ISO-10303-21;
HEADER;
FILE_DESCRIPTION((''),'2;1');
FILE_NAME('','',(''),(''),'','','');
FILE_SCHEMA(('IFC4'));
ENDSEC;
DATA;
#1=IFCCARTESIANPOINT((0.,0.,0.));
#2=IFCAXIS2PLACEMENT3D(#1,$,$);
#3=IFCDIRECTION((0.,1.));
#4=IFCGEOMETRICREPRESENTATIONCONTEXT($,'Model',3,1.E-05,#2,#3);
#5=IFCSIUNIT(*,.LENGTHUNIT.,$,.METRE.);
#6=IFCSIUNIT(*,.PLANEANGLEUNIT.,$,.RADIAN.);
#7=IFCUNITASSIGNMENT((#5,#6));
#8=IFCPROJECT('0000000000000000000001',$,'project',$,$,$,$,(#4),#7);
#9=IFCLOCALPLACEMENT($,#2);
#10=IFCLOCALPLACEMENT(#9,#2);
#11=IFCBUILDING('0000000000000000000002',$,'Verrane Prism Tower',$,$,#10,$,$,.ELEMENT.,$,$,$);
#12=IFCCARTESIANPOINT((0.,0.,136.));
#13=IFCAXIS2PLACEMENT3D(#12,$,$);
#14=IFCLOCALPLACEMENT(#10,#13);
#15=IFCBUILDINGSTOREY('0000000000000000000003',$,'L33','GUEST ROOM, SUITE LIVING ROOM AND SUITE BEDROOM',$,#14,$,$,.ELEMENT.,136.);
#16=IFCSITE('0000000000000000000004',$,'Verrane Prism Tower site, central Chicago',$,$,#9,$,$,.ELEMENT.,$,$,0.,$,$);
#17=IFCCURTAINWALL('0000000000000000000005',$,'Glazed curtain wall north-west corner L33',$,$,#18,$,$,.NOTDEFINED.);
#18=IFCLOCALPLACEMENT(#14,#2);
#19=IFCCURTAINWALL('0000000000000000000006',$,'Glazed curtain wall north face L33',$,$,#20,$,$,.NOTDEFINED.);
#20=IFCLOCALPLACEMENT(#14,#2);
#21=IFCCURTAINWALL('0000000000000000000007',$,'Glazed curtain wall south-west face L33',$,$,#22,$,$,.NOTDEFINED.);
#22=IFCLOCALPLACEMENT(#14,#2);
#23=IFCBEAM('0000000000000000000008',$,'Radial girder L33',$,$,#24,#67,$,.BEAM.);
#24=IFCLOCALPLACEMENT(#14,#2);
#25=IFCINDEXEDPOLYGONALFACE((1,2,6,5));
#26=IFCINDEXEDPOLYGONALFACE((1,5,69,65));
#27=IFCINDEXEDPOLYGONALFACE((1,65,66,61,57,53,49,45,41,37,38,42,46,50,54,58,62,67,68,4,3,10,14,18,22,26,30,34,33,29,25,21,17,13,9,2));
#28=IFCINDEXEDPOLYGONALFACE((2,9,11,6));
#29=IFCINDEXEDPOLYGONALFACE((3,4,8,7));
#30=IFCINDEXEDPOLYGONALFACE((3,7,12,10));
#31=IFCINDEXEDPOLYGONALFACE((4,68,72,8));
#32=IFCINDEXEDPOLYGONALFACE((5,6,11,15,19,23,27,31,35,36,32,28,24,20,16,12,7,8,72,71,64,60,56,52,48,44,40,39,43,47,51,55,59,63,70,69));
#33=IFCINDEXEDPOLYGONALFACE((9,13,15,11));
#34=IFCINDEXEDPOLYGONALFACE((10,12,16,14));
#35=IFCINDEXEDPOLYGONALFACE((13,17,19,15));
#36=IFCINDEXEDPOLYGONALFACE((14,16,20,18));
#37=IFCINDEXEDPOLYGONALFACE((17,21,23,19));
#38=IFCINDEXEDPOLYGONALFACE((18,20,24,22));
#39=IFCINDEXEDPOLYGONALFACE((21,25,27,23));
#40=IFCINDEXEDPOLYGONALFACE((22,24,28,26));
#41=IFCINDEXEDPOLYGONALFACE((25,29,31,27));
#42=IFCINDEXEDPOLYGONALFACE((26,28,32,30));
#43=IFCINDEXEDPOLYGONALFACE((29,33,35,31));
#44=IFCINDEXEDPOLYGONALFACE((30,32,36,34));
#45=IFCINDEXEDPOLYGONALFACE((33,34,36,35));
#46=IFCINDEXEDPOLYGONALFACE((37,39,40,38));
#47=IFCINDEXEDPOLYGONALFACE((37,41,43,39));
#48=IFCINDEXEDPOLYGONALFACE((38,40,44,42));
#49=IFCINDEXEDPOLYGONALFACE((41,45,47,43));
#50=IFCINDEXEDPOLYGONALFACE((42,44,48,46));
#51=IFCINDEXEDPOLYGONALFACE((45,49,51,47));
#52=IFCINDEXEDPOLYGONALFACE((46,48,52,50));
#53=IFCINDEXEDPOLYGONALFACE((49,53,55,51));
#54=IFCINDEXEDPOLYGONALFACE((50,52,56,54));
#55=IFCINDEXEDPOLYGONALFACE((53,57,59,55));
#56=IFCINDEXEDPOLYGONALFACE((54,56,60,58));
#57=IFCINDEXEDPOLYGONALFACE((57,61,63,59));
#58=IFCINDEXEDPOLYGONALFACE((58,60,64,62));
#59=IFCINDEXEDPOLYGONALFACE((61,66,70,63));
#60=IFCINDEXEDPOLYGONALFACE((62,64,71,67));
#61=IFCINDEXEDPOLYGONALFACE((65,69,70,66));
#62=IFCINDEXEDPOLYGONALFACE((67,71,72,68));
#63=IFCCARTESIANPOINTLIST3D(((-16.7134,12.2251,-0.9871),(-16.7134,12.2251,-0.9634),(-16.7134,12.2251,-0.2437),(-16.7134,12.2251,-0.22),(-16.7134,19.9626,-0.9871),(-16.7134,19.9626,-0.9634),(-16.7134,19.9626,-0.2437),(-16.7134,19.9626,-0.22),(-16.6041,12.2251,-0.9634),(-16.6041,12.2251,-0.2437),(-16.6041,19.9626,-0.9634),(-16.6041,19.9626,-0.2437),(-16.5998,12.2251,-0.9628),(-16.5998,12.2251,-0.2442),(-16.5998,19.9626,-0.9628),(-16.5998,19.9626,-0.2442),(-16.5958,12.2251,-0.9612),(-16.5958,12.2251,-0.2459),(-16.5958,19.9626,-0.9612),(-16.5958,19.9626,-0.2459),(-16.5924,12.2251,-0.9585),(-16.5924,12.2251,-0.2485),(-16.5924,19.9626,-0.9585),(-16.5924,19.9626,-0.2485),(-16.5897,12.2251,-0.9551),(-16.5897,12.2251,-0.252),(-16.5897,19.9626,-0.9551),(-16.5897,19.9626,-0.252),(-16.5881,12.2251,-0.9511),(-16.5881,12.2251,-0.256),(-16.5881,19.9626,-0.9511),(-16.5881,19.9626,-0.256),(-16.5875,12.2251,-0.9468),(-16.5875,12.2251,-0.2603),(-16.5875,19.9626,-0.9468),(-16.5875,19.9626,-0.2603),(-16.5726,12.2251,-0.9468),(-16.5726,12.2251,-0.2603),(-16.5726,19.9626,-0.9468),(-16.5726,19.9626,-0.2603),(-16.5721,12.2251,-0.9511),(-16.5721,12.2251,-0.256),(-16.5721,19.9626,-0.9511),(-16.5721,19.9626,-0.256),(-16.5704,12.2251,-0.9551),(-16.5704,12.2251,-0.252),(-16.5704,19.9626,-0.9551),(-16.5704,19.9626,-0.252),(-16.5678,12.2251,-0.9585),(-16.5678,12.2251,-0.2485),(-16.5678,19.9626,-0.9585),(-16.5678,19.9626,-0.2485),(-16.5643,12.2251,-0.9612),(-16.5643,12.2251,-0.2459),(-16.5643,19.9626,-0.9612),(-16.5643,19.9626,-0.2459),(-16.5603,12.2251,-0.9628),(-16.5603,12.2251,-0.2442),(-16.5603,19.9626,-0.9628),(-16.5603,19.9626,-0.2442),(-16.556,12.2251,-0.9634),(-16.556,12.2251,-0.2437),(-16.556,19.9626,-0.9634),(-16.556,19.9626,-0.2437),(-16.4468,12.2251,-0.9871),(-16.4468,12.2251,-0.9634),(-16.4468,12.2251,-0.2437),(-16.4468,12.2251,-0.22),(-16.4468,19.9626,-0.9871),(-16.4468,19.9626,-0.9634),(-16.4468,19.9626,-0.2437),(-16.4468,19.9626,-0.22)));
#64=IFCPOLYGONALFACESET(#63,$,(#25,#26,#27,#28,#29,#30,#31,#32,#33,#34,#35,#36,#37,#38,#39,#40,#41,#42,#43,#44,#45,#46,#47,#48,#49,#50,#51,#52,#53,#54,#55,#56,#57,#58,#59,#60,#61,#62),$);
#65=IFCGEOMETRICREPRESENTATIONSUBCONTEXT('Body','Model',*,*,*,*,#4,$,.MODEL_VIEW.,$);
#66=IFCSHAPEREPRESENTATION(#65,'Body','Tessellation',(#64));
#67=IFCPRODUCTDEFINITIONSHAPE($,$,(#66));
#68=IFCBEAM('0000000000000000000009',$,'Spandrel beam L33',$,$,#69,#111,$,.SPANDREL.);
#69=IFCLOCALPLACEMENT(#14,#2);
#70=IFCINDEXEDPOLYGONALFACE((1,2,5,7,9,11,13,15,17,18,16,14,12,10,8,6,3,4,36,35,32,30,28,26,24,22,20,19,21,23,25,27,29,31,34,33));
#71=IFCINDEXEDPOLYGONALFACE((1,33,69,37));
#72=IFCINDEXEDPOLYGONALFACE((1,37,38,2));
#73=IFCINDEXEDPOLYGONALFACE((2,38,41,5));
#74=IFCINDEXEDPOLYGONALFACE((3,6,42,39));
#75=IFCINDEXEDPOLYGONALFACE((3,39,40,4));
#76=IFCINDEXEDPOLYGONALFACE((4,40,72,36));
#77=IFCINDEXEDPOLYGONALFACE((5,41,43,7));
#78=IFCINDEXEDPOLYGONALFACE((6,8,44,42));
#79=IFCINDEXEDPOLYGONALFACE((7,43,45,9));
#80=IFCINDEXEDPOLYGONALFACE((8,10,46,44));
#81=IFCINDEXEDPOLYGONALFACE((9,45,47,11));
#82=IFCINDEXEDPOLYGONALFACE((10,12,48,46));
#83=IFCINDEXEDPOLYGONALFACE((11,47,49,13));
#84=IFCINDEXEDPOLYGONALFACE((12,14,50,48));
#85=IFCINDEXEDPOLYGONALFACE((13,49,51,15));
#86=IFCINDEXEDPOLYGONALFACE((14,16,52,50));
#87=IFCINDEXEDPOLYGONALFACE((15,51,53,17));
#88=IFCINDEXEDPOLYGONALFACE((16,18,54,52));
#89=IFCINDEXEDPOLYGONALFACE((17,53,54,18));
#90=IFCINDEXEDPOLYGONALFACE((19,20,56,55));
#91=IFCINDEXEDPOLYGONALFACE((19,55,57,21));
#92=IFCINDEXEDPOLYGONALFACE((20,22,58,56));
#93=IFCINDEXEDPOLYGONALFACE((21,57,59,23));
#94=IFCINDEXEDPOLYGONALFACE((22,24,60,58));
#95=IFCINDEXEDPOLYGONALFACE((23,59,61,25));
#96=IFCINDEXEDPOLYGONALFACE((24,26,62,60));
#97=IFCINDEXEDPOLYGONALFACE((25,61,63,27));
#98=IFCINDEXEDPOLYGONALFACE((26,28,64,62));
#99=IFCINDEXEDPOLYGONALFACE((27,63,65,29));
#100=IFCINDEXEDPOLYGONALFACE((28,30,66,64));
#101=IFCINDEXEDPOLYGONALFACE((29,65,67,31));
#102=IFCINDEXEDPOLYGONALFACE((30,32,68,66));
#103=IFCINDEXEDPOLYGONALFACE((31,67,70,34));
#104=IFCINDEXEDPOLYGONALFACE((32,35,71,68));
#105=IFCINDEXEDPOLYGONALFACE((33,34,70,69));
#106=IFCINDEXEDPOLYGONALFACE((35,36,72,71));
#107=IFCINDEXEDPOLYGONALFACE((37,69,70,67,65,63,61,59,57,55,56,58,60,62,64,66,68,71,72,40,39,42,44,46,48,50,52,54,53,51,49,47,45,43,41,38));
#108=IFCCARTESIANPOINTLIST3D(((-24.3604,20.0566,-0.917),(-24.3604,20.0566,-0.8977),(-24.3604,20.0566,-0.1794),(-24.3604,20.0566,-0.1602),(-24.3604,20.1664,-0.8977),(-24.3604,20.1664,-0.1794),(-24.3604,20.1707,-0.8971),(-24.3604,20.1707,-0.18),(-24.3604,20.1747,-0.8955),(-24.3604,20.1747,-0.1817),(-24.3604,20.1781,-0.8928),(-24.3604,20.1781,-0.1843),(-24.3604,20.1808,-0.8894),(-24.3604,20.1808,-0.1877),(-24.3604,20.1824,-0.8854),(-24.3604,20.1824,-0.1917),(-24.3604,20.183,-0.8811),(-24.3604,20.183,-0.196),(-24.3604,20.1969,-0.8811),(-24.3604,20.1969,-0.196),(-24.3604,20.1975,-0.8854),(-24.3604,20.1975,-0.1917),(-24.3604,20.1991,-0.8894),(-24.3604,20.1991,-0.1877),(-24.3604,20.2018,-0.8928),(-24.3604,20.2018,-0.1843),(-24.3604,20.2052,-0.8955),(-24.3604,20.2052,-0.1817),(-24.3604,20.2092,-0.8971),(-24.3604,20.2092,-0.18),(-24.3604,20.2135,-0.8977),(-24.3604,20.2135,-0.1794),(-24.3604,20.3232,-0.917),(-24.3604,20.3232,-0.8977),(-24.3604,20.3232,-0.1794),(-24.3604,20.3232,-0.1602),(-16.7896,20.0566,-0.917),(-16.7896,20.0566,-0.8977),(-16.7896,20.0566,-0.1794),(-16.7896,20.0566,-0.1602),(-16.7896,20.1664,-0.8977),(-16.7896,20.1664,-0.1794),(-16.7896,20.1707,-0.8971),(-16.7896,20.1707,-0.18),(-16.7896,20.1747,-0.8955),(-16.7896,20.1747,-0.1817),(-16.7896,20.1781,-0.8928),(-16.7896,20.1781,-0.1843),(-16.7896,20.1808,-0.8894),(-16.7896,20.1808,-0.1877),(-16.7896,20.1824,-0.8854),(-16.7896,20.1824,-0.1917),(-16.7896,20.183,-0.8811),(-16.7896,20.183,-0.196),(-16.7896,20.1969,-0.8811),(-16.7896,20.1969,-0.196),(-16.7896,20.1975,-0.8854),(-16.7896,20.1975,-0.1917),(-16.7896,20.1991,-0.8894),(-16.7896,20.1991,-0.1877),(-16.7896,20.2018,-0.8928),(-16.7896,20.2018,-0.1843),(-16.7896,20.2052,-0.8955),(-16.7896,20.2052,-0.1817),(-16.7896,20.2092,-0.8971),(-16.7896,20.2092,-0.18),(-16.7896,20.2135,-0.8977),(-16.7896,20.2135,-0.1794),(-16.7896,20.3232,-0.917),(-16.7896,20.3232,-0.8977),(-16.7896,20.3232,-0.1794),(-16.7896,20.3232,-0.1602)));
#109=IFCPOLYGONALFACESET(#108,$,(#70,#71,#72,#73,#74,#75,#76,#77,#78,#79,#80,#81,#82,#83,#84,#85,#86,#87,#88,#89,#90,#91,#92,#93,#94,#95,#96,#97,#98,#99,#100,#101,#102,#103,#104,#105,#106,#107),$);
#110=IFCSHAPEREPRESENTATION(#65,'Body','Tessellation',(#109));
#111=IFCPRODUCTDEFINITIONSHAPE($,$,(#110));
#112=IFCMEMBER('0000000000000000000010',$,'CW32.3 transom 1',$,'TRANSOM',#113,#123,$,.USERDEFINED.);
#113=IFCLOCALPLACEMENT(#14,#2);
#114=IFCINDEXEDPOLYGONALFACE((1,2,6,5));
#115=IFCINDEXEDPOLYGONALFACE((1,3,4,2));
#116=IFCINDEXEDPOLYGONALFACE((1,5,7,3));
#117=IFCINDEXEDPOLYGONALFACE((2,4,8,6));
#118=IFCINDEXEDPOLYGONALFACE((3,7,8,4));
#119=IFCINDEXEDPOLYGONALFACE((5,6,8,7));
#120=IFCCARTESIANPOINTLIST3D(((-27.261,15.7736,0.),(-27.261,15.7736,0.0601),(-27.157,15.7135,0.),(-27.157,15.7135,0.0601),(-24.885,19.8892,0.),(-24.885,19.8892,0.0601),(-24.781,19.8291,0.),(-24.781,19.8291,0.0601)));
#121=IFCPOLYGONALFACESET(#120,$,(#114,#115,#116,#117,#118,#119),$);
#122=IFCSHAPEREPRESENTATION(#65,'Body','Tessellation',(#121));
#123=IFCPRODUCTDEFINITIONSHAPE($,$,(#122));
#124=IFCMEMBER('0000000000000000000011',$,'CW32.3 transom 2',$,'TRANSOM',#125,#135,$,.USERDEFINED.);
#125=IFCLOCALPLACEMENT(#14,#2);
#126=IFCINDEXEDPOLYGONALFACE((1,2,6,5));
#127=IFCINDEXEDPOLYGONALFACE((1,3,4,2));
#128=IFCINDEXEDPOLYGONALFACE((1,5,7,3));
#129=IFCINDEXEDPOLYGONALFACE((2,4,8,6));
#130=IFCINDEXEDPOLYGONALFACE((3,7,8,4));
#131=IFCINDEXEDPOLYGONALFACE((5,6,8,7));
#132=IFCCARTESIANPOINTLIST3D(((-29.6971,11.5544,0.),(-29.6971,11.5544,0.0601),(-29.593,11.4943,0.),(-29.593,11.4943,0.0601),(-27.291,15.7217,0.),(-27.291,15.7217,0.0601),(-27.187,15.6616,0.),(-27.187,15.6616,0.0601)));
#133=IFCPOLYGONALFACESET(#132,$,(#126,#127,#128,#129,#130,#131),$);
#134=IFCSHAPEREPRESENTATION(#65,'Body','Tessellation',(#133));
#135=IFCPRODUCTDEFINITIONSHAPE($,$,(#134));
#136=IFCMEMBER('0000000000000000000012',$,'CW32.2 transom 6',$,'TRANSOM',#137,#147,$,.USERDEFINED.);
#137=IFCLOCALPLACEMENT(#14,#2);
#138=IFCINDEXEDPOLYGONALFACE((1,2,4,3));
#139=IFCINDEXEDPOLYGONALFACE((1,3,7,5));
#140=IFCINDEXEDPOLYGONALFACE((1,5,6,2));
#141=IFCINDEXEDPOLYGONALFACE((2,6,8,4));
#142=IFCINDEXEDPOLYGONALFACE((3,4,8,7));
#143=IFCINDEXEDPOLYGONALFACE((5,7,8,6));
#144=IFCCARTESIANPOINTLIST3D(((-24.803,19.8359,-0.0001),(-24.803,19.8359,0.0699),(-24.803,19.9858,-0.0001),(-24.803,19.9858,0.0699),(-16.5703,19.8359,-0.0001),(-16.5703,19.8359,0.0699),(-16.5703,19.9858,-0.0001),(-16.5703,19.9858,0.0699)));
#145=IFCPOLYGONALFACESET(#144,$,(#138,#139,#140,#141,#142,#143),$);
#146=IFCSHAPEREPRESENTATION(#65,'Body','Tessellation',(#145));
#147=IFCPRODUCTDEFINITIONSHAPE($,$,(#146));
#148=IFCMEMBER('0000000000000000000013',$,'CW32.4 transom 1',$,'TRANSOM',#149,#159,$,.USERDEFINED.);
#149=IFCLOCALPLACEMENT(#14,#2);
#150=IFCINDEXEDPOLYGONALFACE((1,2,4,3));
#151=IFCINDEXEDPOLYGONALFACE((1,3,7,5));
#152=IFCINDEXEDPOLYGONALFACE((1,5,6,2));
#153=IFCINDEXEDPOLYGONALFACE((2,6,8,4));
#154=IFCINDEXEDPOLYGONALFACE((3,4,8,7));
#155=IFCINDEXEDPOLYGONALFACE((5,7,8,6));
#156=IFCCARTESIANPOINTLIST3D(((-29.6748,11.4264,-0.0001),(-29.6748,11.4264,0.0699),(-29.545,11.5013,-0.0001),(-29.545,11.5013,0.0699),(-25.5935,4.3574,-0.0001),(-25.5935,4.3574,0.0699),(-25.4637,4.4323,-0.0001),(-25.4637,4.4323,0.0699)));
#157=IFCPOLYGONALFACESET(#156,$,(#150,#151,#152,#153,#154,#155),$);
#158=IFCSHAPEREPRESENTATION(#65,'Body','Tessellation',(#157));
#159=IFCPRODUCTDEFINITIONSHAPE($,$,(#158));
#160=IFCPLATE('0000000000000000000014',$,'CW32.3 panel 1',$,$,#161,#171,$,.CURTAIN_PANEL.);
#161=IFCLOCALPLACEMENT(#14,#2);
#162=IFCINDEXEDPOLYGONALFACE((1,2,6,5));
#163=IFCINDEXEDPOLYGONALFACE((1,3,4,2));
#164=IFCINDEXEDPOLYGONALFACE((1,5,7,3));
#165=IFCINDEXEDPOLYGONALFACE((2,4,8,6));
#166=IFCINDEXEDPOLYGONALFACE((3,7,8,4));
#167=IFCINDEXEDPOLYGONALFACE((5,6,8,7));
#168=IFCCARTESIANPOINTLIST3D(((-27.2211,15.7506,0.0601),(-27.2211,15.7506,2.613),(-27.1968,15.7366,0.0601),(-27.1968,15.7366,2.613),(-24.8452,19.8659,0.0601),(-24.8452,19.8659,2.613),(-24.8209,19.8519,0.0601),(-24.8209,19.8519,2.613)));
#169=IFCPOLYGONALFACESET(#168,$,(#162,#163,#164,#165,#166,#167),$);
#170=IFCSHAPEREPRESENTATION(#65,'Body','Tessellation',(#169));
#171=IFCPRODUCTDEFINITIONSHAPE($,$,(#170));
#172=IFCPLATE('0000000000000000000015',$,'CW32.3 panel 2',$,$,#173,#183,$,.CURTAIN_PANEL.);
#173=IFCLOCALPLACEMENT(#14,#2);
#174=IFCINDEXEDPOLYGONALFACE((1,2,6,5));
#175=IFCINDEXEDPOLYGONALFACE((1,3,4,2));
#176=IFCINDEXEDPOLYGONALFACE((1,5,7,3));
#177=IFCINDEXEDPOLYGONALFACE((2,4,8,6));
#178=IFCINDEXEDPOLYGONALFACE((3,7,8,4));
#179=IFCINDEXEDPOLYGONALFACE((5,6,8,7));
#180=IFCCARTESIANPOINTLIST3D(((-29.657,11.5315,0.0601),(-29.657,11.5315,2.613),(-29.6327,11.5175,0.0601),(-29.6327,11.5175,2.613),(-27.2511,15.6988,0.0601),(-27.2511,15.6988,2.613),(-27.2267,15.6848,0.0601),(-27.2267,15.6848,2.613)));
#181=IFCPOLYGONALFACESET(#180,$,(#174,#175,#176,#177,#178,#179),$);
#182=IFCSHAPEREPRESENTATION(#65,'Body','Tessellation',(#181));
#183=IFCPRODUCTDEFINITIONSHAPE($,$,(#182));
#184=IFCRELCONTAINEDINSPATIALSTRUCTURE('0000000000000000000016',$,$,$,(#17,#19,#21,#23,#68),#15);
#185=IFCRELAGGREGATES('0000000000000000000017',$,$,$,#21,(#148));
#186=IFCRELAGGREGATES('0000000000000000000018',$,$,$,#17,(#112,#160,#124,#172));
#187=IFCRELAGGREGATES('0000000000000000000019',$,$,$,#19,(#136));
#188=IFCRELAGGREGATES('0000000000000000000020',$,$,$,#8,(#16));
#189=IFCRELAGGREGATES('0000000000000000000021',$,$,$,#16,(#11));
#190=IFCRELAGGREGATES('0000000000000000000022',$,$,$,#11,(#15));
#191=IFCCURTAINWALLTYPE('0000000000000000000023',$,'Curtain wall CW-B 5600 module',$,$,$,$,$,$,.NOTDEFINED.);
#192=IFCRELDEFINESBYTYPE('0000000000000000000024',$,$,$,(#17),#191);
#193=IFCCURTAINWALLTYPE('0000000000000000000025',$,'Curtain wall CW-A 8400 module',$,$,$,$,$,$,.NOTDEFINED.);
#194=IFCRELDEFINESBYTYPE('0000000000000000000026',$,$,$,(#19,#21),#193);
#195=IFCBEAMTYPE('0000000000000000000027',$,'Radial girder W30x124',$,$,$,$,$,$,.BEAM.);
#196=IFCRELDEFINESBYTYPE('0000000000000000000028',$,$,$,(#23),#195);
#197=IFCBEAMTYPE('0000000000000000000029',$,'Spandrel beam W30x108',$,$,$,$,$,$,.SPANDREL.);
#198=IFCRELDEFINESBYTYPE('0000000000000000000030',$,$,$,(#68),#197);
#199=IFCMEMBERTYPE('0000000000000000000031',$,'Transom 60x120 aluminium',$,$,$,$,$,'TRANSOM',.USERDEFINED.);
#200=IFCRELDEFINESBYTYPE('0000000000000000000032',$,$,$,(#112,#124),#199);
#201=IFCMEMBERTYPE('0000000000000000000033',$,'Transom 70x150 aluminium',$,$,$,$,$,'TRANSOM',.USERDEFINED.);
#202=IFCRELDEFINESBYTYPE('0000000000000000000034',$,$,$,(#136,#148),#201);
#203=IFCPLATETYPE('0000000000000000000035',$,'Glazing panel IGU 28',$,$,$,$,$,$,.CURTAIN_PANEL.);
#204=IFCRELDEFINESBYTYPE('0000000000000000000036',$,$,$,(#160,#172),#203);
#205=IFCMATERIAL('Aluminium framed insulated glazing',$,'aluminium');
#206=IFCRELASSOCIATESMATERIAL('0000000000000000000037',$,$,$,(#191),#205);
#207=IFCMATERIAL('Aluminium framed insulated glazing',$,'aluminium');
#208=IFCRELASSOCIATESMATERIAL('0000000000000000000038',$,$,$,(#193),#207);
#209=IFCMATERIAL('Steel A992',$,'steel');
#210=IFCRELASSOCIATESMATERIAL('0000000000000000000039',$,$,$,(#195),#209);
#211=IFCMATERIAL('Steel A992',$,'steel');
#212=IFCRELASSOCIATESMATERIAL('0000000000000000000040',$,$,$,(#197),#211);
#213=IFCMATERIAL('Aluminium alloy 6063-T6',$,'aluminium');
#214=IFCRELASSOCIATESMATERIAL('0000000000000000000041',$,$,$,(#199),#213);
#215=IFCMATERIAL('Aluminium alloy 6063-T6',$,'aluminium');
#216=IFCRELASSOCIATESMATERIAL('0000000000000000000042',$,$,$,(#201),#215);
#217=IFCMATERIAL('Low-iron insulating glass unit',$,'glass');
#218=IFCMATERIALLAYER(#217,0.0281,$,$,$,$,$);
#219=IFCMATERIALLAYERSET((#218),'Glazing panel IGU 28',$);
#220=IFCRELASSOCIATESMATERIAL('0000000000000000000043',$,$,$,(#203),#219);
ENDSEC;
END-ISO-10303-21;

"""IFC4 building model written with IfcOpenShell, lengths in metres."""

from ifc_helpers import new_model, si_unit, direction, frame, origin, origin_2d, place, context, subcontext, project, spatial, rectangle, i_section, extrude, material, layer, layer_set, material_profile, profile_set, type_object, element, aggregate, save


model = new_model("IFC4")

# Units and contexts
model_context = context("Model", 3, precision=1e-05, world=origin(), true_north=direction((0.0, 1.0)))
body_context = subcontext(model_context, "Body", "Model", "MODEL_VIEW")
ifc_project = project(units=[si_unit("LENGTHUNIT", "METRE"), si_unit("PLANEANGLEUNIT", "RADIAN")], contexts=[model_context])

# Site, building, storey
site_placement = place(None, origin())
site = spatial("IfcSite", under=ifc_project, at=site_placement, Name="Verrane Prism Tower site, central Chicago", CompositionType="ELEMENT", RefElevation=0.0)
building_placement = place(site_placement, origin())
building = spatial("IfcBuilding", under=site, at=building_placement, Name="Verrane Prism Tower", CompositionType="ELEMENT")
storey_placement = place(building_placement, frame((0.0, 0.0, 136.0)))
storey = spatial("IfcBuildingStorey", under=building, at=storey_placement, Name="L33", Description="GUEST ROOM, SUITE LIVING ROOM AND SUITE BEDROOM", CompositionType="ELEMENT", Elevation=136.0)

# Curtain wall
ifc_material_1 = material(Name="Aluminium framed insulated glazing", Category="aluminium")
curtain_wall_type_1 = type_object("IfcCurtainWallType", Name="Curtain wall CW-B 5600 module", PredefinedType="NOTDEFINED", material=ifc_material_1)
curtain_wall_1_placement = place(storey_placement, origin())
curtain_wall_1 = element("IfcCurtainWall", 1, at=curtain_wall_1_placement, inside=storey, type_object=curtain_wall_type_1, Name="Glazed curtain wall north-west corner L33", PredefinedType="NOTDEFINED")

# Curtain walls
ifc_material_2 = material(Name="Aluminium framed insulated glazing", Category="aluminium")
curtain_wall_type_2 = type_object("IfcCurtainWallType", Name="Curtain wall CW-A 8400 module", PredefinedType="NOTDEFINED", material=ifc_material_2)
curtain_wall_2_placement = place(storey_placement, origin())
curtain_wall_2 = element("IfcCurtainWall", 2, at=curtain_wall_2_placement, inside=storey, type_object=curtain_wall_type_2, Name="Glazed curtain wall north face L33", PredefinedType="NOTDEFINED")
curtain_wall_3_placement = place(storey_placement, origin())
curtain_wall_3 = element("IfcCurtainWall", 3, at=curtain_wall_3_placement, inside=storey, type_object=curtain_wall_type_2, Name="Glazed curtain wall south-west face L33", PredefinedType="NOTDEFINED")

# Beams
ifc_material_3 = material(Name="Steel A992", Category="steel")
ifc_material_profile_1 = material_profile(ifc_material_3, i_section(OverallWidth=0.2666, OverallDepth=0.7671, WebThickness=0.0149, FlangeThickness=0.0237, FilletRadius=0.0166, at=origin_2d()), Name="W30x124")
ifc_profile_set_1 = profile_set([ifc_material_profile_1], Name="Steel A992")
beam_type_1 = type_object("IfcBeamType", Name="Radial girder W30x124", PredefinedType="BEAM", material=ifc_profile_set_1)
beam_1_placement = place(storey_placement, frame((-16.5801, 19.9626, -0.6035), z_axis=(0.0, -1.0, 0.0), x_axis=(1.0, 0.0, 0.0)))
element("IfcBeam", 4, at=beam_1_placement, inside=storey, type_object=beam_type_1, Name="Radial girder L33", PredefinedType="BEAM", context=body_context, shape_type="SweptSolid", body=[
    extrude(i_section(OverallWidth=0.2666, OverallDepth=0.7671, WebThickness=0.0149, FlangeThickness=0.0237, FilletRadius=0.0166, at=origin_2d()), origin(), (0.0, 0.0, 1.0), 7.7375),
])
ifc_material_4 = material(Name="Steel A992", Category="steel")
ifc_material_profile_2 = material_profile(ifc_material_4, i_section(OverallWidth=0.2666, OverallDepth=0.7568, WebThickness=0.0139, FlangeThickness=0.0193, FilletRadius=0.0166, at=origin_2d()), Name="W30x108")
ifc_profile_set_2 = profile_set([ifc_material_profile_2], Name="Steel A992")
beam_type_2 = type_object("IfcBeamType", Name="Spandrel beam W30x108", PredefinedType="SPANDREL", material=ifc_profile_set_2)
beam_2_placement = place(storey_placement, frame((-16.7896, 20.1899, -0.5386), z_axis=(-1.0, 0.0, 0.0), x_axis=(0.0, -1.0, 0.0)))
element("IfcBeam", 5, at=beam_2_placement, inside=storey, type_object=beam_type_2, Name="Spandrel beam L33", PredefinedType="SPANDREL", context=body_context, shape_type="SweptSolid", body=[
    extrude(i_section(OverallWidth=0.2666, OverallDepth=0.7568, WebThickness=0.0139, FlangeThickness=0.0193, FilletRadius=0.0166, at=origin_2d()), origin(), (0.0, 0.0, 1.0), 7.5708),
])

# Members
ifc_material_5 = material(Name="Aluminium alloy 6063-T6", Category="aluminium")
ifc_material_profile_3 = material_profile(ifc_material_5, rectangle(XDim=0.1201, YDim=0.0601, at=origin_2d()), Name="Transom 60x120 aluminium")
ifc_profile_set_3 = profile_set([ifc_material_profile_3], Name="Aluminium alloy 6063-T6")
member_type_1 = type_object("IfcMemberType", Name="Transom 60x120 aluminium", ElementType="TRANSOM", PredefinedType="USERDEFINED", material=ifc_profile_set_3)
member_1_placement = place(storey_placement, frame((-24.833, 19.8591, 0.03), z_axis=(-0.499985, -0.866034, 0.0), x_axis=(0.866034, -0.499985, 0.0)))
member_1 = element("IfcMember", 6, at=member_1_placement, type_object=member_type_1, Name="CW32.3 transom 1", ObjectType="TRANSOM", PredefinedType="USERDEFINED", context=body_context, shape_type="SweptSolid", body=[
    extrude(rectangle(XDim=0.1201, YDim=0.0601, at=origin_2d()), origin(), (0.0, 0.0, 1.0), 4.7522),
])
member_2_placement = place(storey_placement, frame((-27.239, 15.6917, 0.03), z_axis=(-0.500008, -0.866021, 0.0), x_axis=(0.866021, -0.500008, 0.0)))
member_2 = element("IfcMember", 7, at=member_2_placement, type_object=member_type_1, Name="CW32.3 transom 2", ObjectType="TRANSOM", PredefinedType="USERDEFINED", context=body_context, shape_type="SweptSolid", body=[
    extrude(rectangle(XDim=0.1201, YDim=0.0601, at=origin_2d()), origin(), (0.0, 0.0, 1.0), 4.812),
])
ifc_material_6 = material(Name="Aluminium alloy 6063-T6", Category="aluminium")
ifc_material_profile_4 = material_profile(ifc_material_6, rectangle(XDim=0.1499, YDim=0.0701, at=origin_2d()), Name="Transom 70x150 aluminium")
ifc_profile_set_4 = profile_set([ifc_material_profile_4], Name="Aluminium alloy 6063-T6")
member_type_2 = type_object("IfcMemberType", Name="Transom 70x150 aluminium", ElementType="TRANSOM", PredefinedType="USERDEFINED", material=ifc_profile_set_4)
member_3_placement = place(storey_placement, frame((-16.5703, 19.9109, 0.0349), z_axis=(-1.0, 0.0, 0.0), x_axis=(0.0, -1.0, 0.0)))
member_3 = element("IfcMember", 8, at=member_3_placement, type_object=member_type_2, Name="CW32.2 transom 6", ObjectType="TRANSOM", PredefinedType="USERDEFINED", context=body_context, shape_type="SweptSolid", body=[
    extrude(rectangle(XDim=0.1499, YDim=0.0701, at=origin_2d()), origin(), (0.0, 0.0, 1.0), 8.2327),
])
member_4_placement = place(storey_placement, frame((-29.6099, 11.4639, 0.0349), z_axis=(0.499996, -0.866028, 0.0), x_axis=(0.866028, 0.499996, 0.0)))
member_4 = element("IfcMember", 9, at=member_4_placement, type_object=member_type_2, Name="CW32.4 transom 1", ObjectType="TRANSOM", PredefinedType="USERDEFINED", context=body_context, shape_type="SweptSolid", body=[
    extrude(rectangle(XDim=0.1499, YDim=0.0701, at=origin_2d()), origin(), (0.0, 0.0, 1.0), 8.1626),
])
aggregate(curtain_wall_3, [member_4])

# Plates
ifc_material_7 = material(Name="Low-iron insulating glass unit", Category="glass")
ifc_layer_1 = layer(ifc_material_7, 0.0281)
ifc_layer_set_1 = layer_set([ifc_layer_1], Name="Glazing panel IGU 28")
plate_type_1 = type_object("IfcPlateType", Name="Glazing panel IGU 28", PredefinedType="CURTAIN_PANEL", material=ifc_layer_set_1)
plate_1_placement = place(storey_placement, frame((-26.021, 17.8013, 0.0601), z_axis=(0.0, 0.0, 1.0), x_axis=(-0.499996, -0.866028, 0.0)))
plate_1 = element("IfcPlate", 10, at=plate_1_placement, type_object=plate_type_1, Name="CW32.3 panel 1", PredefinedType="CURTAIN_PANEL", context=body_context, shape_type="SweptSolid", body=[
    extrude(rectangle(XDim=4.752, YDim=0.0281, at=origin_2d()), origin(), (0.0, 0.0, 1.0), 2.553),
])
plate_2_placement = place(storey_placement, frame((-28.4419, 13.6082, 0.0601), z_axis=(0.0, 0.0, 1.0), x_axis=(-0.499996, -0.866028, 0.0)))
plate_2 = element("IfcPlate", 11, at=plate_2_placement, type_object=plate_type_1, Name="CW32.3 panel 2", PredefinedType="CURTAIN_PANEL", context=body_context, shape_type="SweptSolid", body=[
    extrude(rectangle(XDim=4.812, YDim=0.0281, at=origin_2d()), origin(), (0.0, 0.0, 1.0), 2.553),
])
aggregate(curtain_wall_1, [member_1, plate_1, member_2, plate_2])
aggregate(curtain_wall_2, [member_3])

save(model, "model.ifc")
